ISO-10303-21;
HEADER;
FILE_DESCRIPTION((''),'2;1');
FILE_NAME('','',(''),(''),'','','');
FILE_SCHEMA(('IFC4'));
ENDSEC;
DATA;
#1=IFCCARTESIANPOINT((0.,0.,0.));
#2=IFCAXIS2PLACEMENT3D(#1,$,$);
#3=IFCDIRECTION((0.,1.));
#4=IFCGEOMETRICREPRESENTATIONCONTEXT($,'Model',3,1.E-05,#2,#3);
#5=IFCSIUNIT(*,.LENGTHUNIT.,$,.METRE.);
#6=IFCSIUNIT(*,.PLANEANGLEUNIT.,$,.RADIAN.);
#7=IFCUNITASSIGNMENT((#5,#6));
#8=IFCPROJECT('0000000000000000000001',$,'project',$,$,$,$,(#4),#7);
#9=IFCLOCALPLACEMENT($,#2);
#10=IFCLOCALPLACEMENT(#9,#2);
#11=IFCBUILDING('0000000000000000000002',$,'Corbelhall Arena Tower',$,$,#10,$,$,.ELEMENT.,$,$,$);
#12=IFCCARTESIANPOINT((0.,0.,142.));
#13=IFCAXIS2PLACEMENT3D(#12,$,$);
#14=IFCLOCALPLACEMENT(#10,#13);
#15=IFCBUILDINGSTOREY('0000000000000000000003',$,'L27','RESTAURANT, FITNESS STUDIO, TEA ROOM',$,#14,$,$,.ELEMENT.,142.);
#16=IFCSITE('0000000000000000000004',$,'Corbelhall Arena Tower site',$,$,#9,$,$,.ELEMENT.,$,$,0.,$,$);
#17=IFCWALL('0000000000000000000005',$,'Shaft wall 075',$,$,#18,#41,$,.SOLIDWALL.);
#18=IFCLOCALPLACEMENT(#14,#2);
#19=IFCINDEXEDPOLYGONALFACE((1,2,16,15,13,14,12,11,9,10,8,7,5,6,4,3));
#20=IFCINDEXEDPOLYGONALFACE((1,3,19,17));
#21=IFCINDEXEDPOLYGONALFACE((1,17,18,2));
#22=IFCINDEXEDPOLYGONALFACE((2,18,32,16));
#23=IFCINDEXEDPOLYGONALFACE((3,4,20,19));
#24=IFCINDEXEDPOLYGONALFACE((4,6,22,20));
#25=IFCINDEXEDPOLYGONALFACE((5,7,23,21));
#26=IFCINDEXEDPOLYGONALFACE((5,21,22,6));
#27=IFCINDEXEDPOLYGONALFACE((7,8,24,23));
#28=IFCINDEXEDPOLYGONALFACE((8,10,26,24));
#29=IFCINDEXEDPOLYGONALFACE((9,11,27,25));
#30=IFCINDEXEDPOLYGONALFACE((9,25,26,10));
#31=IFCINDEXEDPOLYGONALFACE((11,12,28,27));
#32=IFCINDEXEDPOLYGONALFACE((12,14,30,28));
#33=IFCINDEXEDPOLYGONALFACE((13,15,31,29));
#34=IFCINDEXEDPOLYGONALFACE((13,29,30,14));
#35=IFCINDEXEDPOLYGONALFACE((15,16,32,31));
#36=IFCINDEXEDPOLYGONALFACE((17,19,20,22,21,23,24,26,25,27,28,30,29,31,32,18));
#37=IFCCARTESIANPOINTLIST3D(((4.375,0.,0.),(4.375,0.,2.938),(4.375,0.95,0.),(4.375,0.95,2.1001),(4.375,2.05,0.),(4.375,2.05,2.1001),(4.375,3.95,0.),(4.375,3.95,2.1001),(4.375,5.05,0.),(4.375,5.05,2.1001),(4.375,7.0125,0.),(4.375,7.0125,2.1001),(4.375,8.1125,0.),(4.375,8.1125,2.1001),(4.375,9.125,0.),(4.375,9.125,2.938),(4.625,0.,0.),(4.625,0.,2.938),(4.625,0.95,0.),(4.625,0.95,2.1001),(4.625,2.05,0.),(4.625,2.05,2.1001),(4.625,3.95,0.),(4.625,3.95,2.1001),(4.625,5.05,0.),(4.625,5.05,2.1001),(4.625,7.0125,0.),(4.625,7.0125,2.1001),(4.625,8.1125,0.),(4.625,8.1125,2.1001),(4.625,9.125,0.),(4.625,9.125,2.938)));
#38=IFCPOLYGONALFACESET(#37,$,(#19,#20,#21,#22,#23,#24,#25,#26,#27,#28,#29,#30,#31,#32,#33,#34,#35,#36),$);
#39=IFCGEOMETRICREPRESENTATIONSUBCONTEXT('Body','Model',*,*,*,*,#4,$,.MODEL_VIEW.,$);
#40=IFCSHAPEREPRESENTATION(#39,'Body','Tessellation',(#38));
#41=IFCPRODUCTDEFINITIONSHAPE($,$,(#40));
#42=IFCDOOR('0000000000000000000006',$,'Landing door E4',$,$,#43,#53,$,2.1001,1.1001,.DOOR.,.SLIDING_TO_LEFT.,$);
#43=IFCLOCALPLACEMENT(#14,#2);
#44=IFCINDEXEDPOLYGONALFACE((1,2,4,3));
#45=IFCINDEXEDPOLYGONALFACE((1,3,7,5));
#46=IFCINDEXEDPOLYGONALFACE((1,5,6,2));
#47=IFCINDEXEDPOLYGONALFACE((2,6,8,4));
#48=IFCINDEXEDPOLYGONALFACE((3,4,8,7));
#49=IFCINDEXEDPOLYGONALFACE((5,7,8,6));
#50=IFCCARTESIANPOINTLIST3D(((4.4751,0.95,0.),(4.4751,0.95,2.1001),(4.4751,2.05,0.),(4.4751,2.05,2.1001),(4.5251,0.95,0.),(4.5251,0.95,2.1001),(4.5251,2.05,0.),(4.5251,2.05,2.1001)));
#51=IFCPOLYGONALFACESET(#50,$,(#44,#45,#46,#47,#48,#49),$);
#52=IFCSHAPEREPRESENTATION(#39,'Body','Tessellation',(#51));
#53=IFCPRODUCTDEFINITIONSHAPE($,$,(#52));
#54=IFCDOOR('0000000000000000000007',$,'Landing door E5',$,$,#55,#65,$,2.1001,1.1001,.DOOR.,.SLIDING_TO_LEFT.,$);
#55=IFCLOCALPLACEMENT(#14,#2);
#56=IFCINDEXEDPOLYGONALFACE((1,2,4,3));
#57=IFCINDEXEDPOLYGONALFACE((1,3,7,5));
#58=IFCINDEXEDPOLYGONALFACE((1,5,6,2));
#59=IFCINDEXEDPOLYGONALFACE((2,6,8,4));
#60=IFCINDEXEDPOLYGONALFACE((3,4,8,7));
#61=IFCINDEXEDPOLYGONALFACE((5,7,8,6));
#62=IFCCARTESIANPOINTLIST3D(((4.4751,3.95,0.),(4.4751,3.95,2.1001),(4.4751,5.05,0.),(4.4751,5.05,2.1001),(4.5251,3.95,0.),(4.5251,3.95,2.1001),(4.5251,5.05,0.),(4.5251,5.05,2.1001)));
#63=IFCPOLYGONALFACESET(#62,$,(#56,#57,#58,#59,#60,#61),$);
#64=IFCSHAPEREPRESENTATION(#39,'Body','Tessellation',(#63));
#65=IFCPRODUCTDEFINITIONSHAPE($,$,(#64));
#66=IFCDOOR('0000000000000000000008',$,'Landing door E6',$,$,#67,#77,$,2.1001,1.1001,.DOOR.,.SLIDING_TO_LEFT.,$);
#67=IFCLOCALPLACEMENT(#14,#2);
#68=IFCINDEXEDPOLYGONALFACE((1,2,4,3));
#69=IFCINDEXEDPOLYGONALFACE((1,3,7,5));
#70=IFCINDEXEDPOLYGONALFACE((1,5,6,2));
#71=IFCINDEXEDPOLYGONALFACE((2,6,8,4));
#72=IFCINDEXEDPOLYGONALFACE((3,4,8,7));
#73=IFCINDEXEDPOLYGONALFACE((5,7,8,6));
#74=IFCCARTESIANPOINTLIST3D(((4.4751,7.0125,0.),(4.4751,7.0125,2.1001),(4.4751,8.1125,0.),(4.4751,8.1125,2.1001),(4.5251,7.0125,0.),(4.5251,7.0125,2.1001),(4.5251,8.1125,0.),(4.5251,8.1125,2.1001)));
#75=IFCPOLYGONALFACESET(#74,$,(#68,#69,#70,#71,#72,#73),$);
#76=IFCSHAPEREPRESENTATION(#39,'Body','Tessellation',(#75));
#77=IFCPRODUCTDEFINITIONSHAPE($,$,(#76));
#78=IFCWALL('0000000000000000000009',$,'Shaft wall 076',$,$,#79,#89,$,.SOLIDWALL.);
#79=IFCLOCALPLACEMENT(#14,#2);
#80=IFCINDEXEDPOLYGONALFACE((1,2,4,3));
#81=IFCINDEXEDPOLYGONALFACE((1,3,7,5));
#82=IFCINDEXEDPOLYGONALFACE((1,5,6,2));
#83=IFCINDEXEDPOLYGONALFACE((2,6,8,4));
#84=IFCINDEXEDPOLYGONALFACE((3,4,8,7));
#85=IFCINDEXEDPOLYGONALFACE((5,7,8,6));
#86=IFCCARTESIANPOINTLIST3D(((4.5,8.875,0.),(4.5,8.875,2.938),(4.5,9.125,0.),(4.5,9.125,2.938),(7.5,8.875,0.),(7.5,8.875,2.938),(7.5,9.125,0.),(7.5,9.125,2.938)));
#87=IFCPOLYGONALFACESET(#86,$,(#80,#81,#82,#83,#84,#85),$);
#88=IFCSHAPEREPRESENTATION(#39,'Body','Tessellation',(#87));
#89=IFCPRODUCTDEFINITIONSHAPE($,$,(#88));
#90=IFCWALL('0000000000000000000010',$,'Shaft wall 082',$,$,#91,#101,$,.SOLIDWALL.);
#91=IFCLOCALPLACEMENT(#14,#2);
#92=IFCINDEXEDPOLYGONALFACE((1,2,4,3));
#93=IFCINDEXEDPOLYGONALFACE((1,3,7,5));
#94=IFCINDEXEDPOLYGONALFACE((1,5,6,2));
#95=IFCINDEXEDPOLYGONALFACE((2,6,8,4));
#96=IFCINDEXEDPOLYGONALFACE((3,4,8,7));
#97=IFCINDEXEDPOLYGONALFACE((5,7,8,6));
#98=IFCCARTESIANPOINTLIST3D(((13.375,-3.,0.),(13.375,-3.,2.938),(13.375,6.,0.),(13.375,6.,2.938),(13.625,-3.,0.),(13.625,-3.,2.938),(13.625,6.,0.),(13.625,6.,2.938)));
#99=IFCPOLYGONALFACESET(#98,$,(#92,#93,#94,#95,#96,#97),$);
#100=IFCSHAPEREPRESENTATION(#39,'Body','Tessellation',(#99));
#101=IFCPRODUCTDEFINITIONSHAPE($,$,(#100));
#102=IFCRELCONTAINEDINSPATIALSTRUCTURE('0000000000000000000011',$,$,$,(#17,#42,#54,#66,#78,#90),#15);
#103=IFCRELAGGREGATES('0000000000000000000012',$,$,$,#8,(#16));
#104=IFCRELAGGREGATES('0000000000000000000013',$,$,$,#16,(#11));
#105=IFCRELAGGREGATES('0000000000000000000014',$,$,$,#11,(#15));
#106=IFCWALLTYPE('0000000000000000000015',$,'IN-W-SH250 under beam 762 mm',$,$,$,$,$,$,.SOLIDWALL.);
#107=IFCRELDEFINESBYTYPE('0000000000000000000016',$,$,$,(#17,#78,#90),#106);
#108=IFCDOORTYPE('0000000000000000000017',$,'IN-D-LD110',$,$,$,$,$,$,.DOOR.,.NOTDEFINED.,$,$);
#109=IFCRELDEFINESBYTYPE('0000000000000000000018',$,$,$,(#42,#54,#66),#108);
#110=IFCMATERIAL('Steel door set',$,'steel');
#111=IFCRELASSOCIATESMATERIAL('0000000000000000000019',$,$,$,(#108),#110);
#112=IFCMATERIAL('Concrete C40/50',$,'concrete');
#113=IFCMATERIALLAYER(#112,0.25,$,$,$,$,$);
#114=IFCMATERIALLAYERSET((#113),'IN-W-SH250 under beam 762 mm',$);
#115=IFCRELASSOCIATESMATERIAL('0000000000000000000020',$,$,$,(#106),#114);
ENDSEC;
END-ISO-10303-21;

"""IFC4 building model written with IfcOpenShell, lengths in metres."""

from ifc_helpers import new_model, si_unit, direction, frame, frame_2d, origin, place, context, subcontext, project, spatial, rectangle, extrude, material, layer, layer_set, type_object, element, fill, save


model = new_model("IFC4")

# Units and contexts
model_context = context("Model", 3, precision=1e-05, world=origin(), true_north=direction((0.0, 1.0)))
body_context = subcontext(model_context, "Body", "Model", "MODEL_VIEW")
ifc_project = project(units=[si_unit("LENGTHUNIT", "METRE"), si_unit("PLANEANGLEUNIT", "RADIAN")], contexts=[model_context])

# Site, building, storey
site_placement = place(None, origin())
site = spatial("IfcSite", under=ifc_project, at=site_placement, Name="Corbelhall Arena Tower site", CompositionType="ELEMENT", RefElevation=0.0)
building_placement = place(site_placement, origin())
building = spatial("IfcBuilding", under=site, at=building_placement, Name="Corbelhall Arena Tower", CompositionType="ELEMENT")
storey_placement = place(building_placement, frame((0.0, 0.0, 142.0)))
storey = spatial("IfcBuildingStorey", under=building, at=storey_placement, Name="L27", Description="RESTAURANT, FITNESS STUDIO, TEA ROOM", CompositionType="ELEMENT", Elevation=142.0)

# Shared definitions
ifc_material_1 = material(Name="Concrete C40/50", Category="concrete")

# Shared definitions
ifc_material_2 = material(Name="Steel door set", Category="steel")

# Shared definitions
door_type_1 = type_object("IfcDoorType", Name="IN-D-LD110", OperationType="NOTDEFINED", PredefinedType="DOOR", material=ifc_material_2)

# Wall, openings, doors
ifc_layer_1 = layer(ifc_material_1, 0.25)
ifc_layer_set_1 = layer_set([ifc_layer_1], Name="IN-W-SH250 under beam 762 mm")
wall_type_1 = type_object("IfcWallType", Name="IN-W-SH250 under beam 762 mm", PredefinedType="SOLIDWALL", material=ifc_layer_set_1)
wall_1_placement = place(storey_placement, frame((4.5, 0.0, 0.0), z_axis=(0.0, 0.0, 1.0), x_axis=(0.0, 1.0, 0.0)))
wall_1 = element("IfcWall", 1, at=wall_1_placement, inside=storey, type_object=wall_type_1, Name="Shaft wall 075", PredefinedType="SOLIDWALL", context=body_context, shape_type="SweptSolid", body=[
    extrude(rectangle(XDim=9.125, YDim=0.25, at=frame_2d((4.5625, 0.0))), origin(), (0.0, 0.0, 1.0), 2.938),
])
opening_1_placement = place(wall_1_placement, frame((0.95, 0.0, 0.0)))
opening_1 = element("IfcOpeningElement", 2, at=opening_1_placement, cuts=wall_1, PredefinedType="OPENING", context=body_context, shape_type="SweptSolid", body=[
    extrude(rectangle(XDim=1.1001, YDim=2.1001, at=frame_2d((0.55, 1.05))), frame((0.0, 0.125, 0.0), z_axis=(0.0, -1.0, 0.0), x_axis=(1.0, 0.0, 0.0)), (0.0, 0.0, 1.0), 0.25),
])
opening_2_placement = place(wall_1_placement, frame((3.95, 0.0, 0.0)))
opening_2 = element("IfcOpeningElement", 3, at=opening_2_placement, cuts=wall_1, PredefinedType="OPENING", context=body_context, shape_type="SweptSolid", body=[
    extrude(rectangle(XDim=1.1001, YDim=2.1001, at=frame_2d((0.55, 1.05))), frame((0.0, 0.125, 0.0), z_axis=(0.0, -1.0, 0.0), x_axis=(1.0, 0.0, 0.0)), (0.0, 0.0, 1.0), 0.25),
])
opening_3_placement = place(wall_1_placement, frame((7.0125, 0.0, 0.0)))
opening_3 = element("IfcOpeningElement", 4, at=opening_3_placement, cuts=wall_1, PredefinedType="OPENING", context=body_context, shape_type="SweptSolid", body=[
    extrude(rectangle(XDim=1.1001, YDim=2.1001, at=frame_2d((0.55, 1.05))), frame((0.0, 0.125, 0.0), z_axis=(0.0, -1.0, 0.0), x_axis=(1.0, 0.0, 0.0)), (0.0, 0.0, 1.0), 0.25),
])
door_1_placement = place(opening_1_placement, origin())
door_1 = element("IfcDoor", 5, at=door_1_placement, inside=storey, type_object=door_type_1, Name="Landing door E4", OperationType="SLIDING_TO_LEFT", OverallHeight=2.1001, OverallWidth=1.1001, PredefinedType="DOOR", context=body_context, shape_type="SweptSolid", body=[
    extrude(rectangle(XDim=1.1001, YDim=2.1001, at=frame_2d((0.55, 1.05))), frame((0.0, 0.0249, 0.0), z_axis=(0.0, -1.0, 0.0), x_axis=(1.0, 0.0, 0.0)), (0.0, 0.0, 1.0), 0.05),
])
fill(opening_1, door_1)
door_2_placement = place(opening_2_placement, origin())
door_2 = element("IfcDoor", 6, at=door_2_placement, inside=storey, type_object=door_type_1, Name="Landing door E5", OperationType="SLIDING_TO_LEFT", OverallHeight=2.1001, OverallWidth=1.1001, PredefinedType="DOOR", context=body_context, shape_type="SweptSolid", body=[
    extrude(rectangle(XDim=1.1001, YDim=2.1001, at=frame_2d((0.55, 1.05))), frame((0.0, 0.0249, 0.0), z_axis=(0.0, -1.0, 0.0), x_axis=(1.0, 0.0, 0.0)), (0.0, 0.0, 1.0), 0.05),
])
fill(opening_2, door_2)
door_3_placement = place(opening_3_placement, origin())
door_3 = element("IfcDoor", 7, at=door_3_placement, inside=storey, type_object=door_type_1, Name="Landing door E6", OperationType="SLIDING_TO_LEFT", OverallHeight=2.1001, OverallWidth=1.1001, PredefinedType="DOOR", context=body_context, shape_type="SweptSolid", body=[
    extrude(rectangle(XDim=1.1001, YDim=2.1001, at=frame_2d((0.55, 1.05))), frame((0.0, 0.0249, 0.0), z_axis=(0.0, -1.0, 0.0), x_axis=(1.0, 0.0, 0.0)), (0.0, 0.0, 1.0), 0.05),
])
fill(opening_3, door_3)

# Walls
wall_2_placement = place(storey_placement, frame((4.5, 9.0, 0.0), z_axis=(0.0, 0.0, 1.0), x_axis=(1.0, 0.0, 0.0)))
element("IfcWall", 8, at=wall_2_placement, inside=storey, type_object=wall_type_1, Name="Shaft wall 076", PredefinedType="SOLIDWALL", context=body_context, shape_type="SweptSolid", body=[
    extrude(rectangle(XDim=3.0, YDim=0.25, at=frame_2d((1.5, 0.0))), origin(), (0.0, 0.0, 1.0), 2.938),
])
wall_3_placement = place(storey_placement, frame((13.5, 6.0, 0.0), z_axis=(0.0, 0.0, 1.0), x_axis=(0.0, -1.0, 0.0)))
element("IfcWall", 9, at=wall_3_placement, inside=storey, type_object=wall_type_1, Name="Shaft wall 082", PredefinedType="SOLIDWALL", context=body_context, shape_type="SweptSolid", body=[
    extrude(rectangle(XDim=9.0, YDim=0.25, at=frame_2d((4.5, 0.0))), origin(), (0.0, 0.0, 1.0), 2.938),
])

save(model, "model.ifc")
